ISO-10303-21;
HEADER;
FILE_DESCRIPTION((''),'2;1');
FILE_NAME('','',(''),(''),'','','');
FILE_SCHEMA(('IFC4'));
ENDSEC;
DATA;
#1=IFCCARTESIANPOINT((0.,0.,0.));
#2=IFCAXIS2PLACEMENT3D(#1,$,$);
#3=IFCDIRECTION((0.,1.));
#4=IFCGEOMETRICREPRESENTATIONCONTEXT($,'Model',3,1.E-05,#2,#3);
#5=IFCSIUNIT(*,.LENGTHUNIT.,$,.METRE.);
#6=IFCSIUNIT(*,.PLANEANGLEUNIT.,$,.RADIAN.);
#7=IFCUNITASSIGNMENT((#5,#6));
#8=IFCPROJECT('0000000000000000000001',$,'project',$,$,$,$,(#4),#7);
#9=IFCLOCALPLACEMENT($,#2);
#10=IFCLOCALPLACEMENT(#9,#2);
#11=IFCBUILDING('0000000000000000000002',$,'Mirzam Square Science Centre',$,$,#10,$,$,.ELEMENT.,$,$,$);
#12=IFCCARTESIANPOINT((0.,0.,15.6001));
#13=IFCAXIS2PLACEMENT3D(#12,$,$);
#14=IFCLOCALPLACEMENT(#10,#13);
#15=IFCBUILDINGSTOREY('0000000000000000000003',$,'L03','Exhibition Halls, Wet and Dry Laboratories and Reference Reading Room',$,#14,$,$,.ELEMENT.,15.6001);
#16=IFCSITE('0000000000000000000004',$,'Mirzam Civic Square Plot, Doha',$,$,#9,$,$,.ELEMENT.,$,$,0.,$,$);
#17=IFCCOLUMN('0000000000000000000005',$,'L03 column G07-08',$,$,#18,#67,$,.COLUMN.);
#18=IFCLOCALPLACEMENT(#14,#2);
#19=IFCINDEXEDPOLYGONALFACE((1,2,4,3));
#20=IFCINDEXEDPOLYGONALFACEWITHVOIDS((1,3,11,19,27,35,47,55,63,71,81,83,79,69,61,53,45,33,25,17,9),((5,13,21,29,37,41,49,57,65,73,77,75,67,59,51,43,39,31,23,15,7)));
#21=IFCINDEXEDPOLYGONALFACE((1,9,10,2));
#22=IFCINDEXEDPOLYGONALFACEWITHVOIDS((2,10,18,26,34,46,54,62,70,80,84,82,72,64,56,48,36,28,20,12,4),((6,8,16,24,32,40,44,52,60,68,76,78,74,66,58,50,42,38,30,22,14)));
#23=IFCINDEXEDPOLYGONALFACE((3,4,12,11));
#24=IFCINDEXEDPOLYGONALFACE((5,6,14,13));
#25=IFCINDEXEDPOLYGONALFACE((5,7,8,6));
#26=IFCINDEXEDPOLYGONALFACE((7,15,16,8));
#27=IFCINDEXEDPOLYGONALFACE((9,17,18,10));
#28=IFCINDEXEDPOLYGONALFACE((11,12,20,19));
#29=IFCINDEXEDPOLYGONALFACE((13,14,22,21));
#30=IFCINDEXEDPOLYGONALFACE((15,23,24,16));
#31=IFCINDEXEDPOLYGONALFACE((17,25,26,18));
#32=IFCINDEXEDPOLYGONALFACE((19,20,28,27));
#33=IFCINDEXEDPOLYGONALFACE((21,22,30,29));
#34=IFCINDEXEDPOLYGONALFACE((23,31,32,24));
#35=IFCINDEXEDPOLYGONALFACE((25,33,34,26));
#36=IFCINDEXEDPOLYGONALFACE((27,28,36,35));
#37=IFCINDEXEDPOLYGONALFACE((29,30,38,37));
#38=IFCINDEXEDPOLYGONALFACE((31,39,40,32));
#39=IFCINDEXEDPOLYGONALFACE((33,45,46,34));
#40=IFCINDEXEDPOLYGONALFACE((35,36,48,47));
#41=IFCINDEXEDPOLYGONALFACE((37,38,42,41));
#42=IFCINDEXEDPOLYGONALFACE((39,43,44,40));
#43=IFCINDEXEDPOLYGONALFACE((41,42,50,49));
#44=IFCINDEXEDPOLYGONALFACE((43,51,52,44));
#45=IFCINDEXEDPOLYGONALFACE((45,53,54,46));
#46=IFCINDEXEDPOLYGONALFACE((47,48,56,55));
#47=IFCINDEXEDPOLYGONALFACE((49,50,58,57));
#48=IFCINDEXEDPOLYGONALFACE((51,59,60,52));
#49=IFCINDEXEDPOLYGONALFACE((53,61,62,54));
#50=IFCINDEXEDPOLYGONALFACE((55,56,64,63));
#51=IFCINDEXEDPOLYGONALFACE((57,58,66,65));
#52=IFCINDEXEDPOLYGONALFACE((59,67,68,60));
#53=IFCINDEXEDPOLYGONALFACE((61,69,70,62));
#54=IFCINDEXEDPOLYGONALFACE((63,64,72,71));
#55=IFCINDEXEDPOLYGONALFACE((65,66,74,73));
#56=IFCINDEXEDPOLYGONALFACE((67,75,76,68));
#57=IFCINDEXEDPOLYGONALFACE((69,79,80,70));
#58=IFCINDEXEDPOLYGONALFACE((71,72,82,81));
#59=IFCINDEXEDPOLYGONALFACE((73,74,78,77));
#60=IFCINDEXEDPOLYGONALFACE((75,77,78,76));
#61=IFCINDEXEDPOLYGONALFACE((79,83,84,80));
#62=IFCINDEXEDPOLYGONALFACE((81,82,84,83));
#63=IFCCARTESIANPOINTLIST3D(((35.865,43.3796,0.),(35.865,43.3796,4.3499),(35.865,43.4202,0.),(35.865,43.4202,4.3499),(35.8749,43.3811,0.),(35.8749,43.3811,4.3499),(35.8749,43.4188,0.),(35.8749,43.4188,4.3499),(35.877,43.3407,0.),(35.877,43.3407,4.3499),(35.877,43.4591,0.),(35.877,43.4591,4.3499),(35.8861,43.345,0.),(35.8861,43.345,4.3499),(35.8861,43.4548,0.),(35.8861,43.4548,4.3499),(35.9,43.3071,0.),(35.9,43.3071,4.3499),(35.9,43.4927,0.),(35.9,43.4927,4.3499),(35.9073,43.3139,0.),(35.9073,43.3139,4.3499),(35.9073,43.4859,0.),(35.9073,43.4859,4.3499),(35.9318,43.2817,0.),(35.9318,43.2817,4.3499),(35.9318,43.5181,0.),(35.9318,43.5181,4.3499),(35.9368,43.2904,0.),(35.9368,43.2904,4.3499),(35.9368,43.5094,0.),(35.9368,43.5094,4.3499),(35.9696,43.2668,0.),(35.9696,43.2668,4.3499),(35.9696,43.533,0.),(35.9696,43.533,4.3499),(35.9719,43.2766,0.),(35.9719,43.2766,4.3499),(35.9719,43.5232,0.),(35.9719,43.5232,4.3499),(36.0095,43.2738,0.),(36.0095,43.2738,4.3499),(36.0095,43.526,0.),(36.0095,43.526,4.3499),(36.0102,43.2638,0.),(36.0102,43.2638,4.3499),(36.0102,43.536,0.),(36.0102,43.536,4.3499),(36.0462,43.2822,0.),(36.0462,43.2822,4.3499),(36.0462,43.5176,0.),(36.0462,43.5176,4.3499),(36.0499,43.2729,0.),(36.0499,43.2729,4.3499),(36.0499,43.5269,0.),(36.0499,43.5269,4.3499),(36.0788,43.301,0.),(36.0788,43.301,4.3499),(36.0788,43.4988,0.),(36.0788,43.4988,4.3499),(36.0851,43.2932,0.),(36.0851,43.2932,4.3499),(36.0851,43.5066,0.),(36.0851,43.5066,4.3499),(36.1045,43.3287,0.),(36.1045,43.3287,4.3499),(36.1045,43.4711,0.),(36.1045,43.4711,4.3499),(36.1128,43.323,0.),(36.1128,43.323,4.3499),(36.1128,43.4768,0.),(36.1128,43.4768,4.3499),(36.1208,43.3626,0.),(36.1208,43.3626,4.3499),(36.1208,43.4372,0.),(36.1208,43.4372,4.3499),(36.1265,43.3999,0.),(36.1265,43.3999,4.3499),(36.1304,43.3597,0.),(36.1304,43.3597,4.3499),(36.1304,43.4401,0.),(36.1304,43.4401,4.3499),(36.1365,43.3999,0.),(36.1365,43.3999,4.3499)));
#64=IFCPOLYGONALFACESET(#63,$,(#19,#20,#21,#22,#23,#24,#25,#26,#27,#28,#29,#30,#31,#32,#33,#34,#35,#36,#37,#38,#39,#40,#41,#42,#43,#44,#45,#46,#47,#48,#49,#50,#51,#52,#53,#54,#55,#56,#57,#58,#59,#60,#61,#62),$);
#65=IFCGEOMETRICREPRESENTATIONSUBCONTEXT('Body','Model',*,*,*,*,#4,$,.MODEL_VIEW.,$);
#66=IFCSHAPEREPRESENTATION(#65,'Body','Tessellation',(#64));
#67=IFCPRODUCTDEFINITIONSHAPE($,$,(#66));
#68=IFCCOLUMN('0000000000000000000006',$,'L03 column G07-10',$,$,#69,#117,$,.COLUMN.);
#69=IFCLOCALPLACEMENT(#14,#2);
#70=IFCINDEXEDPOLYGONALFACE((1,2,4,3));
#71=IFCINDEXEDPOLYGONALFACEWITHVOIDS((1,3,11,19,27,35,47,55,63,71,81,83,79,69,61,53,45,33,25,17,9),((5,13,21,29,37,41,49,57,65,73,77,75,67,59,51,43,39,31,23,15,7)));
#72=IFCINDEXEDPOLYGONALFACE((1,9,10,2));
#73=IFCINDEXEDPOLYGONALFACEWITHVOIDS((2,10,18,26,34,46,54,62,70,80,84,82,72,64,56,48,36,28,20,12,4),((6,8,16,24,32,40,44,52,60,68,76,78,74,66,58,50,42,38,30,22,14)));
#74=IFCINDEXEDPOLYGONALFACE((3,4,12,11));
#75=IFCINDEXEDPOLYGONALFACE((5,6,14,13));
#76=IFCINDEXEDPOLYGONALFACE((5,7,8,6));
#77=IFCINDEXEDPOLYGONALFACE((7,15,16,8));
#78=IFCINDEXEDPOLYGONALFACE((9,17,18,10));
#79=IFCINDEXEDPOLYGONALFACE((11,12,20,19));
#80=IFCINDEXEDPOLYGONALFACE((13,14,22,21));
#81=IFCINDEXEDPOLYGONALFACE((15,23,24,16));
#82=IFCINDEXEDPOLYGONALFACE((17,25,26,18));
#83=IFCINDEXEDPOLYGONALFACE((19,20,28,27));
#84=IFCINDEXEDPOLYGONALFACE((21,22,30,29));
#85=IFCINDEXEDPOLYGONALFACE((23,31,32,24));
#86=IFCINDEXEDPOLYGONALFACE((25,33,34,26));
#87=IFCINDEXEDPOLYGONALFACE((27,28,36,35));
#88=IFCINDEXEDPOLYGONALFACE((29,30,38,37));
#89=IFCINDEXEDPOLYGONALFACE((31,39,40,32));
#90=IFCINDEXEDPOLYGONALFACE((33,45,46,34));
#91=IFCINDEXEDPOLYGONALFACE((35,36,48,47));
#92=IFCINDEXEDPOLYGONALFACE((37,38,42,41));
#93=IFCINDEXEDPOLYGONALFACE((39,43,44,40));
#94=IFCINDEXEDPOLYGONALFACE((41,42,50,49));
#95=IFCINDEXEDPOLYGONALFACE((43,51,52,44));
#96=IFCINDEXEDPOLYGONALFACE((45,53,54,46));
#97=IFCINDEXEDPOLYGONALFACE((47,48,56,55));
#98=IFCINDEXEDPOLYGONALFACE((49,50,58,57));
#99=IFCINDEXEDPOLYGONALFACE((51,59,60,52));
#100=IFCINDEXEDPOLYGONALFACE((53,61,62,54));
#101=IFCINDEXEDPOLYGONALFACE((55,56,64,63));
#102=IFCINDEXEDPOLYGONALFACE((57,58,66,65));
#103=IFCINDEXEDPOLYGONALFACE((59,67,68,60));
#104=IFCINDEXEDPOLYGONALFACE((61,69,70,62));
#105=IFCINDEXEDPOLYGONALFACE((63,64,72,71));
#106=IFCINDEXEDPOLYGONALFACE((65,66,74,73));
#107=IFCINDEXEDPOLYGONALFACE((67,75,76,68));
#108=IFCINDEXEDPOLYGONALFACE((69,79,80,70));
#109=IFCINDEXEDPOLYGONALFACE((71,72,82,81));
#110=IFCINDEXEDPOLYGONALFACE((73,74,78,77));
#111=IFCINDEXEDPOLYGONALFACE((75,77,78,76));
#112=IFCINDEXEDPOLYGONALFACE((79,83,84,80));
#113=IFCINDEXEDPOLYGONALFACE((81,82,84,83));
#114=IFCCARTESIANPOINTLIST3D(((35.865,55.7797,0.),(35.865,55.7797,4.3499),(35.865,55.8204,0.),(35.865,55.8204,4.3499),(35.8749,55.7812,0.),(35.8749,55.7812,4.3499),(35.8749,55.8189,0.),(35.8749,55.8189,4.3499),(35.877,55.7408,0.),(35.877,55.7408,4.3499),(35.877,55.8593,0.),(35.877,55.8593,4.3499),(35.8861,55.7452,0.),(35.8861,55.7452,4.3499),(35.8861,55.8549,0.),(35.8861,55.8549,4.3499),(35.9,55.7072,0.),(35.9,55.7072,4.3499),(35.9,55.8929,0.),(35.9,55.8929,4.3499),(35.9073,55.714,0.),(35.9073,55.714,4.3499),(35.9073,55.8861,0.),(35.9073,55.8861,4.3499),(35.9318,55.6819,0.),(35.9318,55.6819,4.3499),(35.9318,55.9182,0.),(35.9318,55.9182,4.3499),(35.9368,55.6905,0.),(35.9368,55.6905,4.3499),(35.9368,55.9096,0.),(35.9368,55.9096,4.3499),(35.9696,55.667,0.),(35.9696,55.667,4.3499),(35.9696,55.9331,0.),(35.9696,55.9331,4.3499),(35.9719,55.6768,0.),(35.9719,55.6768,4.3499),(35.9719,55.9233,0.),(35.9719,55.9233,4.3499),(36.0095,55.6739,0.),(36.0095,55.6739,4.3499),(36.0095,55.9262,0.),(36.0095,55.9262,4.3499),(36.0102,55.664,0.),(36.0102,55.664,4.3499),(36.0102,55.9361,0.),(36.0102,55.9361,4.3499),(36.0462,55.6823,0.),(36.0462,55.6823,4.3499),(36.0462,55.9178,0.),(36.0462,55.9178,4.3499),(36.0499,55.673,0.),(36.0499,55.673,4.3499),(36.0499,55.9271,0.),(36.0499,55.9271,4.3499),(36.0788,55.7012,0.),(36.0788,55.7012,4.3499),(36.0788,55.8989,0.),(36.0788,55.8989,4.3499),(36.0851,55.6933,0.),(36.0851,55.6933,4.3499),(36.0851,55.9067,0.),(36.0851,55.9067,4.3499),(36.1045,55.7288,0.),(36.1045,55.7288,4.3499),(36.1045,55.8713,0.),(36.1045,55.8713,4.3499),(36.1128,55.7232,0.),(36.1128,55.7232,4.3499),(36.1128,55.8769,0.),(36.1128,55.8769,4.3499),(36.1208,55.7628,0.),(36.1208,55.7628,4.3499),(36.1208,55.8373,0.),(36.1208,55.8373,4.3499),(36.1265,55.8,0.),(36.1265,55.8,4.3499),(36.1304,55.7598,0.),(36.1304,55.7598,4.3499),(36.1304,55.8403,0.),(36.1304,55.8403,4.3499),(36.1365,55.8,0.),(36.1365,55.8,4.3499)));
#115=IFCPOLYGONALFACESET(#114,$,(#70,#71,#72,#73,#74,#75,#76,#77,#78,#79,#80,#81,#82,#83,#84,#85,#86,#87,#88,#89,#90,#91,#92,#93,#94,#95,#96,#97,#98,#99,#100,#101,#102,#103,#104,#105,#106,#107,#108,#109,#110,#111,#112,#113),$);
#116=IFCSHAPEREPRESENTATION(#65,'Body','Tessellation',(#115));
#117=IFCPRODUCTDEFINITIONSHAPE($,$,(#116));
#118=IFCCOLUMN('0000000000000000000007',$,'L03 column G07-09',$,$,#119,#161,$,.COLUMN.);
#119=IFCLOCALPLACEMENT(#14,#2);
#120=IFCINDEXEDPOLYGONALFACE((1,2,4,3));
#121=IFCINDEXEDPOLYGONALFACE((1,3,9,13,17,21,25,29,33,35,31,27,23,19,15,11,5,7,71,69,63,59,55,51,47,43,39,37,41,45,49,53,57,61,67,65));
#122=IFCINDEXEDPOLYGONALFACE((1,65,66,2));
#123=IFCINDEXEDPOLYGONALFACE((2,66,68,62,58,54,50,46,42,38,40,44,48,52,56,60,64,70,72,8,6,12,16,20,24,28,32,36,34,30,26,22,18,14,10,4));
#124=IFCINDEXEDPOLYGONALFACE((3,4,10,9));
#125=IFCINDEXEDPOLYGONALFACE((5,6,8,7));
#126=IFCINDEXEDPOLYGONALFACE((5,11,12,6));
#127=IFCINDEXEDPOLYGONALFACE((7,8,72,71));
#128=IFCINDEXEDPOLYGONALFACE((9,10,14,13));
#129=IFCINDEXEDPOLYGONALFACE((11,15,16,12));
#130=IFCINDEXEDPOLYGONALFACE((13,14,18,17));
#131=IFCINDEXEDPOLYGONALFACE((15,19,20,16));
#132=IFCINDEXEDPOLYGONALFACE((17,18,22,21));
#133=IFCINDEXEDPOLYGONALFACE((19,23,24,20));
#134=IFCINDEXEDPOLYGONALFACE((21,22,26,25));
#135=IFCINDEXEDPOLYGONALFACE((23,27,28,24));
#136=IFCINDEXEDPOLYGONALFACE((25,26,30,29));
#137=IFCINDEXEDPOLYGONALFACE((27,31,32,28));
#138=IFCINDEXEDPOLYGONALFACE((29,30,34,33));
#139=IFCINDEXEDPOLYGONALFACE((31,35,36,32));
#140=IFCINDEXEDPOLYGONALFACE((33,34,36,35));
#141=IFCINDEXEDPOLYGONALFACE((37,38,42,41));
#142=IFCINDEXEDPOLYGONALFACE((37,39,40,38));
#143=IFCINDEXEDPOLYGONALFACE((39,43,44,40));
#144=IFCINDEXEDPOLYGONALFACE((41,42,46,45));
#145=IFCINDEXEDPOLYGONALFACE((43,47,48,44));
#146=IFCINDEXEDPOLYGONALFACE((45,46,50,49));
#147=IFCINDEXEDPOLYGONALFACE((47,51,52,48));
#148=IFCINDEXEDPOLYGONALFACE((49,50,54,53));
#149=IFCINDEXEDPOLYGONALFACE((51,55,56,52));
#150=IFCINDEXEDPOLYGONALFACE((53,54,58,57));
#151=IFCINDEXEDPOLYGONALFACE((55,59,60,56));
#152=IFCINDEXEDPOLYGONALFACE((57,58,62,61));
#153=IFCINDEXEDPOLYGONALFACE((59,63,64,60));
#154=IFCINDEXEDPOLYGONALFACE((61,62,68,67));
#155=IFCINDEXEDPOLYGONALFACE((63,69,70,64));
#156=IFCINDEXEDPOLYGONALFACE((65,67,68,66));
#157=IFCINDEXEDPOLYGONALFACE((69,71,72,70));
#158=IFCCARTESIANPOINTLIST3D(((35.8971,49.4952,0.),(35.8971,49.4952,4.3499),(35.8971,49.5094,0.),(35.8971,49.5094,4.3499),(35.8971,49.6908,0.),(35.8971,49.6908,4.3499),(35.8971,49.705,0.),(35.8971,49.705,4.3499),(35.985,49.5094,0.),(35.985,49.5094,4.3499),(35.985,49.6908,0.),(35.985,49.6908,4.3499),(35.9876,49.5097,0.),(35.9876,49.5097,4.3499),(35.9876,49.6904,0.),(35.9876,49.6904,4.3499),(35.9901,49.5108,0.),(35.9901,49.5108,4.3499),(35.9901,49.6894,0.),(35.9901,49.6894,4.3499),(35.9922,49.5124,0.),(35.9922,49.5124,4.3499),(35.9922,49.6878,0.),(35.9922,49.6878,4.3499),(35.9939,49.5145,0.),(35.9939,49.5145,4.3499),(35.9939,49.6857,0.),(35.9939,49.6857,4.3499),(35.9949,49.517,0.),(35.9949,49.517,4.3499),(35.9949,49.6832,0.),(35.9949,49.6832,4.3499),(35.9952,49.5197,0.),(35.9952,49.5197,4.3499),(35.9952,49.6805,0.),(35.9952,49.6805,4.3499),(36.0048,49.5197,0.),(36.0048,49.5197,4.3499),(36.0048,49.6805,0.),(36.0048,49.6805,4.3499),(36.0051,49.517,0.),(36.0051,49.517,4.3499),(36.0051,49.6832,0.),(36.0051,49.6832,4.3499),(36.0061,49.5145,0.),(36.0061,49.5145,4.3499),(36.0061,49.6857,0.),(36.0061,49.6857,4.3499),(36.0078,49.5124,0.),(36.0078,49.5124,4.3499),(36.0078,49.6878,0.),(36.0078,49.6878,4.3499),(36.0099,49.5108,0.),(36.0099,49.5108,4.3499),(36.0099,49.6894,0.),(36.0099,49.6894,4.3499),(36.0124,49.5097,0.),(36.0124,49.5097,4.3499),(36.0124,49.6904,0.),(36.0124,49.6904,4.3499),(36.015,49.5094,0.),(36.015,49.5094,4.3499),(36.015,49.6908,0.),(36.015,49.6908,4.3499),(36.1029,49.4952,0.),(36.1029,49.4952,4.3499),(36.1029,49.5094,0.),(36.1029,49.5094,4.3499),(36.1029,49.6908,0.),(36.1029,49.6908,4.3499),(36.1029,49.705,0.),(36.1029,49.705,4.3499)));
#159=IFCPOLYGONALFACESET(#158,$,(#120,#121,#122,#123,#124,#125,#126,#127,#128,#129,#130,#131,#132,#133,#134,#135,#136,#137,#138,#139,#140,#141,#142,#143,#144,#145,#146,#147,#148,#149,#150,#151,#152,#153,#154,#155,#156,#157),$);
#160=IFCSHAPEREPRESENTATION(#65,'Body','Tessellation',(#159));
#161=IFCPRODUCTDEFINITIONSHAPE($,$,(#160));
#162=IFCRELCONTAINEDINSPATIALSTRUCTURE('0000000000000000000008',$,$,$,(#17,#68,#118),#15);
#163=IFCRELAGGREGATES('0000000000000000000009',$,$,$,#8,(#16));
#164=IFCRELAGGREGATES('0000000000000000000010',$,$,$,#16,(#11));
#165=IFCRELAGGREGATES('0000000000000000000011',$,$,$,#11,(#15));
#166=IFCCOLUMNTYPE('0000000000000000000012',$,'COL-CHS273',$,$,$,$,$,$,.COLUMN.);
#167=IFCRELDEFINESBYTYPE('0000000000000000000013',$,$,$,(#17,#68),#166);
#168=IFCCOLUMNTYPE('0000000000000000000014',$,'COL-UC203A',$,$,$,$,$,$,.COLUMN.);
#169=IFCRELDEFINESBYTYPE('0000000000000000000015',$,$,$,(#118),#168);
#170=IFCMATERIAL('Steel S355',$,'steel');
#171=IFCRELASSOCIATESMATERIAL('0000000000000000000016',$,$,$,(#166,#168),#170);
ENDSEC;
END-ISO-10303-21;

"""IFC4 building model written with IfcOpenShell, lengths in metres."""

from ifc_helpers import new_model, si_unit, direction, frame, origin, origin_2d, place, context, subcontext, project, spatial, hollow_circle, i_section, extrude, material, material_profile, profile_set, type_object, element, save


model = new_model("IFC4")

# Units and contexts
model_context = context("Model", 3, precision=1e-05, world=origin(), true_north=direction((0.0, 1.0)))
body_context = subcontext(model_context, "Body", "Model", "MODEL_VIEW")
ifc_project = project(units=[si_unit("LENGTHUNIT", "METRE"), si_unit("PLANEANGLEUNIT", "RADIAN")], contexts=[model_context])

# Site, building, storey
site_placement = place(None, origin())
site = spatial("IfcSite", under=ifc_project, at=site_placement, Name="Mirzam Civic Square Plot, Doha", CompositionType="ELEMENT", RefElevation=0.0)
building_placement = place(site_placement, origin())
building = spatial("IfcBuilding", under=site, at=building_placement, Name="Mirzam Square Science Centre", CompositionType="ELEMENT")
storey_placement = place(building_placement, frame((0.0, 0.0, 15.6001)))
storey = spatial("IfcBuildingStorey", under=building, at=storey_placement, Name="L03", Description="Exhibition Halls, Wet and Dry Laboratories and Reference Reading Room", CompositionType="ELEMENT", Elevation=15.6001)

# Columns
ifc_material_1 = material(Name="Steel S355", Category="steel")
ifc_material_profile_1 = material_profile(ifc_material_1, hollow_circle(Radius=0.1365, WallThickness=0.01, at=origin_2d()), Name="273.0x10.0CHS")
ifc_profile_set_1 = profile_set([ifc_material_profile_1], Name="Steel S355")
column_type_1 = type_object("IfcColumnType", Name="COL-CHS273", PredefinedType="COLUMN", material=ifc_profile_set_1)
for number, where, z_axis, x_axis, name in (
    (1, (36.0, 43.3999, 0.0), (0.0, 0.0, 1.0), (1.0, 0.0, 0.0), "L03 column G07-08"),
    (2, (36.0, 55.8, 0.0), (0.0, 0.0, 1.0), (1.0, 0.0, 0.0), "L03 column G07-10"),
):
    element("IfcColumn", number, at=place(storey_placement, frame(where, z_axis=z_axis, x_axis=x_axis)), inside=storey, type_object=column_type_1, Name=name, PredefinedType="COLUMN", context=body_context, shape_type="SweptSolid", body=[
        extrude(hollow_circle(Radius=0.1365, WallThickness=0.01, at=origin_2d()), origin(), (0.0, 0.0, 1.0), 4.3499),
    ])
ifc_material_profile_2 = material_profile(ifc_material_1, i_section(OverallWidth=0.2058, OverallDepth=0.2097, WebThickness=0.0095, FlangeThickness=0.0142, FilletRadius=0.0103, at=origin_2d()), Name="203x203x60UC")
ifc_profile_set_2 = profile_set([ifc_material_profile_2], Name="Steel S355")
column_type_2 = type_object("IfcColumnType", Name="COL-UC203A", PredefinedType="COLUMN", material=ifc_profile_set_2)
column_1_placement = place(storey_placement, frame((36.0, 49.6001, 0.0), z_axis=(0.0, 0.0, 1.0), x_axis=(1.0, 0.0, 0.0)))
element("IfcColumn", 3, at=column_1_placement, inside=storey, type_object=column_type_2, Name="L03 column G07-09", PredefinedType="COLUMN", context=body_context, shape_type="SweptSolid", body=[
    extrude(i_section(OverallWidth=0.2058, OverallDepth=0.2097, WebThickness=0.0095, FlangeThickness=0.0142, FilletRadius=0.0103, at=origin_2d()), origin(), (0.0, 0.0, 1.0), 4.3499),
])

save(model, "model.ifc")
